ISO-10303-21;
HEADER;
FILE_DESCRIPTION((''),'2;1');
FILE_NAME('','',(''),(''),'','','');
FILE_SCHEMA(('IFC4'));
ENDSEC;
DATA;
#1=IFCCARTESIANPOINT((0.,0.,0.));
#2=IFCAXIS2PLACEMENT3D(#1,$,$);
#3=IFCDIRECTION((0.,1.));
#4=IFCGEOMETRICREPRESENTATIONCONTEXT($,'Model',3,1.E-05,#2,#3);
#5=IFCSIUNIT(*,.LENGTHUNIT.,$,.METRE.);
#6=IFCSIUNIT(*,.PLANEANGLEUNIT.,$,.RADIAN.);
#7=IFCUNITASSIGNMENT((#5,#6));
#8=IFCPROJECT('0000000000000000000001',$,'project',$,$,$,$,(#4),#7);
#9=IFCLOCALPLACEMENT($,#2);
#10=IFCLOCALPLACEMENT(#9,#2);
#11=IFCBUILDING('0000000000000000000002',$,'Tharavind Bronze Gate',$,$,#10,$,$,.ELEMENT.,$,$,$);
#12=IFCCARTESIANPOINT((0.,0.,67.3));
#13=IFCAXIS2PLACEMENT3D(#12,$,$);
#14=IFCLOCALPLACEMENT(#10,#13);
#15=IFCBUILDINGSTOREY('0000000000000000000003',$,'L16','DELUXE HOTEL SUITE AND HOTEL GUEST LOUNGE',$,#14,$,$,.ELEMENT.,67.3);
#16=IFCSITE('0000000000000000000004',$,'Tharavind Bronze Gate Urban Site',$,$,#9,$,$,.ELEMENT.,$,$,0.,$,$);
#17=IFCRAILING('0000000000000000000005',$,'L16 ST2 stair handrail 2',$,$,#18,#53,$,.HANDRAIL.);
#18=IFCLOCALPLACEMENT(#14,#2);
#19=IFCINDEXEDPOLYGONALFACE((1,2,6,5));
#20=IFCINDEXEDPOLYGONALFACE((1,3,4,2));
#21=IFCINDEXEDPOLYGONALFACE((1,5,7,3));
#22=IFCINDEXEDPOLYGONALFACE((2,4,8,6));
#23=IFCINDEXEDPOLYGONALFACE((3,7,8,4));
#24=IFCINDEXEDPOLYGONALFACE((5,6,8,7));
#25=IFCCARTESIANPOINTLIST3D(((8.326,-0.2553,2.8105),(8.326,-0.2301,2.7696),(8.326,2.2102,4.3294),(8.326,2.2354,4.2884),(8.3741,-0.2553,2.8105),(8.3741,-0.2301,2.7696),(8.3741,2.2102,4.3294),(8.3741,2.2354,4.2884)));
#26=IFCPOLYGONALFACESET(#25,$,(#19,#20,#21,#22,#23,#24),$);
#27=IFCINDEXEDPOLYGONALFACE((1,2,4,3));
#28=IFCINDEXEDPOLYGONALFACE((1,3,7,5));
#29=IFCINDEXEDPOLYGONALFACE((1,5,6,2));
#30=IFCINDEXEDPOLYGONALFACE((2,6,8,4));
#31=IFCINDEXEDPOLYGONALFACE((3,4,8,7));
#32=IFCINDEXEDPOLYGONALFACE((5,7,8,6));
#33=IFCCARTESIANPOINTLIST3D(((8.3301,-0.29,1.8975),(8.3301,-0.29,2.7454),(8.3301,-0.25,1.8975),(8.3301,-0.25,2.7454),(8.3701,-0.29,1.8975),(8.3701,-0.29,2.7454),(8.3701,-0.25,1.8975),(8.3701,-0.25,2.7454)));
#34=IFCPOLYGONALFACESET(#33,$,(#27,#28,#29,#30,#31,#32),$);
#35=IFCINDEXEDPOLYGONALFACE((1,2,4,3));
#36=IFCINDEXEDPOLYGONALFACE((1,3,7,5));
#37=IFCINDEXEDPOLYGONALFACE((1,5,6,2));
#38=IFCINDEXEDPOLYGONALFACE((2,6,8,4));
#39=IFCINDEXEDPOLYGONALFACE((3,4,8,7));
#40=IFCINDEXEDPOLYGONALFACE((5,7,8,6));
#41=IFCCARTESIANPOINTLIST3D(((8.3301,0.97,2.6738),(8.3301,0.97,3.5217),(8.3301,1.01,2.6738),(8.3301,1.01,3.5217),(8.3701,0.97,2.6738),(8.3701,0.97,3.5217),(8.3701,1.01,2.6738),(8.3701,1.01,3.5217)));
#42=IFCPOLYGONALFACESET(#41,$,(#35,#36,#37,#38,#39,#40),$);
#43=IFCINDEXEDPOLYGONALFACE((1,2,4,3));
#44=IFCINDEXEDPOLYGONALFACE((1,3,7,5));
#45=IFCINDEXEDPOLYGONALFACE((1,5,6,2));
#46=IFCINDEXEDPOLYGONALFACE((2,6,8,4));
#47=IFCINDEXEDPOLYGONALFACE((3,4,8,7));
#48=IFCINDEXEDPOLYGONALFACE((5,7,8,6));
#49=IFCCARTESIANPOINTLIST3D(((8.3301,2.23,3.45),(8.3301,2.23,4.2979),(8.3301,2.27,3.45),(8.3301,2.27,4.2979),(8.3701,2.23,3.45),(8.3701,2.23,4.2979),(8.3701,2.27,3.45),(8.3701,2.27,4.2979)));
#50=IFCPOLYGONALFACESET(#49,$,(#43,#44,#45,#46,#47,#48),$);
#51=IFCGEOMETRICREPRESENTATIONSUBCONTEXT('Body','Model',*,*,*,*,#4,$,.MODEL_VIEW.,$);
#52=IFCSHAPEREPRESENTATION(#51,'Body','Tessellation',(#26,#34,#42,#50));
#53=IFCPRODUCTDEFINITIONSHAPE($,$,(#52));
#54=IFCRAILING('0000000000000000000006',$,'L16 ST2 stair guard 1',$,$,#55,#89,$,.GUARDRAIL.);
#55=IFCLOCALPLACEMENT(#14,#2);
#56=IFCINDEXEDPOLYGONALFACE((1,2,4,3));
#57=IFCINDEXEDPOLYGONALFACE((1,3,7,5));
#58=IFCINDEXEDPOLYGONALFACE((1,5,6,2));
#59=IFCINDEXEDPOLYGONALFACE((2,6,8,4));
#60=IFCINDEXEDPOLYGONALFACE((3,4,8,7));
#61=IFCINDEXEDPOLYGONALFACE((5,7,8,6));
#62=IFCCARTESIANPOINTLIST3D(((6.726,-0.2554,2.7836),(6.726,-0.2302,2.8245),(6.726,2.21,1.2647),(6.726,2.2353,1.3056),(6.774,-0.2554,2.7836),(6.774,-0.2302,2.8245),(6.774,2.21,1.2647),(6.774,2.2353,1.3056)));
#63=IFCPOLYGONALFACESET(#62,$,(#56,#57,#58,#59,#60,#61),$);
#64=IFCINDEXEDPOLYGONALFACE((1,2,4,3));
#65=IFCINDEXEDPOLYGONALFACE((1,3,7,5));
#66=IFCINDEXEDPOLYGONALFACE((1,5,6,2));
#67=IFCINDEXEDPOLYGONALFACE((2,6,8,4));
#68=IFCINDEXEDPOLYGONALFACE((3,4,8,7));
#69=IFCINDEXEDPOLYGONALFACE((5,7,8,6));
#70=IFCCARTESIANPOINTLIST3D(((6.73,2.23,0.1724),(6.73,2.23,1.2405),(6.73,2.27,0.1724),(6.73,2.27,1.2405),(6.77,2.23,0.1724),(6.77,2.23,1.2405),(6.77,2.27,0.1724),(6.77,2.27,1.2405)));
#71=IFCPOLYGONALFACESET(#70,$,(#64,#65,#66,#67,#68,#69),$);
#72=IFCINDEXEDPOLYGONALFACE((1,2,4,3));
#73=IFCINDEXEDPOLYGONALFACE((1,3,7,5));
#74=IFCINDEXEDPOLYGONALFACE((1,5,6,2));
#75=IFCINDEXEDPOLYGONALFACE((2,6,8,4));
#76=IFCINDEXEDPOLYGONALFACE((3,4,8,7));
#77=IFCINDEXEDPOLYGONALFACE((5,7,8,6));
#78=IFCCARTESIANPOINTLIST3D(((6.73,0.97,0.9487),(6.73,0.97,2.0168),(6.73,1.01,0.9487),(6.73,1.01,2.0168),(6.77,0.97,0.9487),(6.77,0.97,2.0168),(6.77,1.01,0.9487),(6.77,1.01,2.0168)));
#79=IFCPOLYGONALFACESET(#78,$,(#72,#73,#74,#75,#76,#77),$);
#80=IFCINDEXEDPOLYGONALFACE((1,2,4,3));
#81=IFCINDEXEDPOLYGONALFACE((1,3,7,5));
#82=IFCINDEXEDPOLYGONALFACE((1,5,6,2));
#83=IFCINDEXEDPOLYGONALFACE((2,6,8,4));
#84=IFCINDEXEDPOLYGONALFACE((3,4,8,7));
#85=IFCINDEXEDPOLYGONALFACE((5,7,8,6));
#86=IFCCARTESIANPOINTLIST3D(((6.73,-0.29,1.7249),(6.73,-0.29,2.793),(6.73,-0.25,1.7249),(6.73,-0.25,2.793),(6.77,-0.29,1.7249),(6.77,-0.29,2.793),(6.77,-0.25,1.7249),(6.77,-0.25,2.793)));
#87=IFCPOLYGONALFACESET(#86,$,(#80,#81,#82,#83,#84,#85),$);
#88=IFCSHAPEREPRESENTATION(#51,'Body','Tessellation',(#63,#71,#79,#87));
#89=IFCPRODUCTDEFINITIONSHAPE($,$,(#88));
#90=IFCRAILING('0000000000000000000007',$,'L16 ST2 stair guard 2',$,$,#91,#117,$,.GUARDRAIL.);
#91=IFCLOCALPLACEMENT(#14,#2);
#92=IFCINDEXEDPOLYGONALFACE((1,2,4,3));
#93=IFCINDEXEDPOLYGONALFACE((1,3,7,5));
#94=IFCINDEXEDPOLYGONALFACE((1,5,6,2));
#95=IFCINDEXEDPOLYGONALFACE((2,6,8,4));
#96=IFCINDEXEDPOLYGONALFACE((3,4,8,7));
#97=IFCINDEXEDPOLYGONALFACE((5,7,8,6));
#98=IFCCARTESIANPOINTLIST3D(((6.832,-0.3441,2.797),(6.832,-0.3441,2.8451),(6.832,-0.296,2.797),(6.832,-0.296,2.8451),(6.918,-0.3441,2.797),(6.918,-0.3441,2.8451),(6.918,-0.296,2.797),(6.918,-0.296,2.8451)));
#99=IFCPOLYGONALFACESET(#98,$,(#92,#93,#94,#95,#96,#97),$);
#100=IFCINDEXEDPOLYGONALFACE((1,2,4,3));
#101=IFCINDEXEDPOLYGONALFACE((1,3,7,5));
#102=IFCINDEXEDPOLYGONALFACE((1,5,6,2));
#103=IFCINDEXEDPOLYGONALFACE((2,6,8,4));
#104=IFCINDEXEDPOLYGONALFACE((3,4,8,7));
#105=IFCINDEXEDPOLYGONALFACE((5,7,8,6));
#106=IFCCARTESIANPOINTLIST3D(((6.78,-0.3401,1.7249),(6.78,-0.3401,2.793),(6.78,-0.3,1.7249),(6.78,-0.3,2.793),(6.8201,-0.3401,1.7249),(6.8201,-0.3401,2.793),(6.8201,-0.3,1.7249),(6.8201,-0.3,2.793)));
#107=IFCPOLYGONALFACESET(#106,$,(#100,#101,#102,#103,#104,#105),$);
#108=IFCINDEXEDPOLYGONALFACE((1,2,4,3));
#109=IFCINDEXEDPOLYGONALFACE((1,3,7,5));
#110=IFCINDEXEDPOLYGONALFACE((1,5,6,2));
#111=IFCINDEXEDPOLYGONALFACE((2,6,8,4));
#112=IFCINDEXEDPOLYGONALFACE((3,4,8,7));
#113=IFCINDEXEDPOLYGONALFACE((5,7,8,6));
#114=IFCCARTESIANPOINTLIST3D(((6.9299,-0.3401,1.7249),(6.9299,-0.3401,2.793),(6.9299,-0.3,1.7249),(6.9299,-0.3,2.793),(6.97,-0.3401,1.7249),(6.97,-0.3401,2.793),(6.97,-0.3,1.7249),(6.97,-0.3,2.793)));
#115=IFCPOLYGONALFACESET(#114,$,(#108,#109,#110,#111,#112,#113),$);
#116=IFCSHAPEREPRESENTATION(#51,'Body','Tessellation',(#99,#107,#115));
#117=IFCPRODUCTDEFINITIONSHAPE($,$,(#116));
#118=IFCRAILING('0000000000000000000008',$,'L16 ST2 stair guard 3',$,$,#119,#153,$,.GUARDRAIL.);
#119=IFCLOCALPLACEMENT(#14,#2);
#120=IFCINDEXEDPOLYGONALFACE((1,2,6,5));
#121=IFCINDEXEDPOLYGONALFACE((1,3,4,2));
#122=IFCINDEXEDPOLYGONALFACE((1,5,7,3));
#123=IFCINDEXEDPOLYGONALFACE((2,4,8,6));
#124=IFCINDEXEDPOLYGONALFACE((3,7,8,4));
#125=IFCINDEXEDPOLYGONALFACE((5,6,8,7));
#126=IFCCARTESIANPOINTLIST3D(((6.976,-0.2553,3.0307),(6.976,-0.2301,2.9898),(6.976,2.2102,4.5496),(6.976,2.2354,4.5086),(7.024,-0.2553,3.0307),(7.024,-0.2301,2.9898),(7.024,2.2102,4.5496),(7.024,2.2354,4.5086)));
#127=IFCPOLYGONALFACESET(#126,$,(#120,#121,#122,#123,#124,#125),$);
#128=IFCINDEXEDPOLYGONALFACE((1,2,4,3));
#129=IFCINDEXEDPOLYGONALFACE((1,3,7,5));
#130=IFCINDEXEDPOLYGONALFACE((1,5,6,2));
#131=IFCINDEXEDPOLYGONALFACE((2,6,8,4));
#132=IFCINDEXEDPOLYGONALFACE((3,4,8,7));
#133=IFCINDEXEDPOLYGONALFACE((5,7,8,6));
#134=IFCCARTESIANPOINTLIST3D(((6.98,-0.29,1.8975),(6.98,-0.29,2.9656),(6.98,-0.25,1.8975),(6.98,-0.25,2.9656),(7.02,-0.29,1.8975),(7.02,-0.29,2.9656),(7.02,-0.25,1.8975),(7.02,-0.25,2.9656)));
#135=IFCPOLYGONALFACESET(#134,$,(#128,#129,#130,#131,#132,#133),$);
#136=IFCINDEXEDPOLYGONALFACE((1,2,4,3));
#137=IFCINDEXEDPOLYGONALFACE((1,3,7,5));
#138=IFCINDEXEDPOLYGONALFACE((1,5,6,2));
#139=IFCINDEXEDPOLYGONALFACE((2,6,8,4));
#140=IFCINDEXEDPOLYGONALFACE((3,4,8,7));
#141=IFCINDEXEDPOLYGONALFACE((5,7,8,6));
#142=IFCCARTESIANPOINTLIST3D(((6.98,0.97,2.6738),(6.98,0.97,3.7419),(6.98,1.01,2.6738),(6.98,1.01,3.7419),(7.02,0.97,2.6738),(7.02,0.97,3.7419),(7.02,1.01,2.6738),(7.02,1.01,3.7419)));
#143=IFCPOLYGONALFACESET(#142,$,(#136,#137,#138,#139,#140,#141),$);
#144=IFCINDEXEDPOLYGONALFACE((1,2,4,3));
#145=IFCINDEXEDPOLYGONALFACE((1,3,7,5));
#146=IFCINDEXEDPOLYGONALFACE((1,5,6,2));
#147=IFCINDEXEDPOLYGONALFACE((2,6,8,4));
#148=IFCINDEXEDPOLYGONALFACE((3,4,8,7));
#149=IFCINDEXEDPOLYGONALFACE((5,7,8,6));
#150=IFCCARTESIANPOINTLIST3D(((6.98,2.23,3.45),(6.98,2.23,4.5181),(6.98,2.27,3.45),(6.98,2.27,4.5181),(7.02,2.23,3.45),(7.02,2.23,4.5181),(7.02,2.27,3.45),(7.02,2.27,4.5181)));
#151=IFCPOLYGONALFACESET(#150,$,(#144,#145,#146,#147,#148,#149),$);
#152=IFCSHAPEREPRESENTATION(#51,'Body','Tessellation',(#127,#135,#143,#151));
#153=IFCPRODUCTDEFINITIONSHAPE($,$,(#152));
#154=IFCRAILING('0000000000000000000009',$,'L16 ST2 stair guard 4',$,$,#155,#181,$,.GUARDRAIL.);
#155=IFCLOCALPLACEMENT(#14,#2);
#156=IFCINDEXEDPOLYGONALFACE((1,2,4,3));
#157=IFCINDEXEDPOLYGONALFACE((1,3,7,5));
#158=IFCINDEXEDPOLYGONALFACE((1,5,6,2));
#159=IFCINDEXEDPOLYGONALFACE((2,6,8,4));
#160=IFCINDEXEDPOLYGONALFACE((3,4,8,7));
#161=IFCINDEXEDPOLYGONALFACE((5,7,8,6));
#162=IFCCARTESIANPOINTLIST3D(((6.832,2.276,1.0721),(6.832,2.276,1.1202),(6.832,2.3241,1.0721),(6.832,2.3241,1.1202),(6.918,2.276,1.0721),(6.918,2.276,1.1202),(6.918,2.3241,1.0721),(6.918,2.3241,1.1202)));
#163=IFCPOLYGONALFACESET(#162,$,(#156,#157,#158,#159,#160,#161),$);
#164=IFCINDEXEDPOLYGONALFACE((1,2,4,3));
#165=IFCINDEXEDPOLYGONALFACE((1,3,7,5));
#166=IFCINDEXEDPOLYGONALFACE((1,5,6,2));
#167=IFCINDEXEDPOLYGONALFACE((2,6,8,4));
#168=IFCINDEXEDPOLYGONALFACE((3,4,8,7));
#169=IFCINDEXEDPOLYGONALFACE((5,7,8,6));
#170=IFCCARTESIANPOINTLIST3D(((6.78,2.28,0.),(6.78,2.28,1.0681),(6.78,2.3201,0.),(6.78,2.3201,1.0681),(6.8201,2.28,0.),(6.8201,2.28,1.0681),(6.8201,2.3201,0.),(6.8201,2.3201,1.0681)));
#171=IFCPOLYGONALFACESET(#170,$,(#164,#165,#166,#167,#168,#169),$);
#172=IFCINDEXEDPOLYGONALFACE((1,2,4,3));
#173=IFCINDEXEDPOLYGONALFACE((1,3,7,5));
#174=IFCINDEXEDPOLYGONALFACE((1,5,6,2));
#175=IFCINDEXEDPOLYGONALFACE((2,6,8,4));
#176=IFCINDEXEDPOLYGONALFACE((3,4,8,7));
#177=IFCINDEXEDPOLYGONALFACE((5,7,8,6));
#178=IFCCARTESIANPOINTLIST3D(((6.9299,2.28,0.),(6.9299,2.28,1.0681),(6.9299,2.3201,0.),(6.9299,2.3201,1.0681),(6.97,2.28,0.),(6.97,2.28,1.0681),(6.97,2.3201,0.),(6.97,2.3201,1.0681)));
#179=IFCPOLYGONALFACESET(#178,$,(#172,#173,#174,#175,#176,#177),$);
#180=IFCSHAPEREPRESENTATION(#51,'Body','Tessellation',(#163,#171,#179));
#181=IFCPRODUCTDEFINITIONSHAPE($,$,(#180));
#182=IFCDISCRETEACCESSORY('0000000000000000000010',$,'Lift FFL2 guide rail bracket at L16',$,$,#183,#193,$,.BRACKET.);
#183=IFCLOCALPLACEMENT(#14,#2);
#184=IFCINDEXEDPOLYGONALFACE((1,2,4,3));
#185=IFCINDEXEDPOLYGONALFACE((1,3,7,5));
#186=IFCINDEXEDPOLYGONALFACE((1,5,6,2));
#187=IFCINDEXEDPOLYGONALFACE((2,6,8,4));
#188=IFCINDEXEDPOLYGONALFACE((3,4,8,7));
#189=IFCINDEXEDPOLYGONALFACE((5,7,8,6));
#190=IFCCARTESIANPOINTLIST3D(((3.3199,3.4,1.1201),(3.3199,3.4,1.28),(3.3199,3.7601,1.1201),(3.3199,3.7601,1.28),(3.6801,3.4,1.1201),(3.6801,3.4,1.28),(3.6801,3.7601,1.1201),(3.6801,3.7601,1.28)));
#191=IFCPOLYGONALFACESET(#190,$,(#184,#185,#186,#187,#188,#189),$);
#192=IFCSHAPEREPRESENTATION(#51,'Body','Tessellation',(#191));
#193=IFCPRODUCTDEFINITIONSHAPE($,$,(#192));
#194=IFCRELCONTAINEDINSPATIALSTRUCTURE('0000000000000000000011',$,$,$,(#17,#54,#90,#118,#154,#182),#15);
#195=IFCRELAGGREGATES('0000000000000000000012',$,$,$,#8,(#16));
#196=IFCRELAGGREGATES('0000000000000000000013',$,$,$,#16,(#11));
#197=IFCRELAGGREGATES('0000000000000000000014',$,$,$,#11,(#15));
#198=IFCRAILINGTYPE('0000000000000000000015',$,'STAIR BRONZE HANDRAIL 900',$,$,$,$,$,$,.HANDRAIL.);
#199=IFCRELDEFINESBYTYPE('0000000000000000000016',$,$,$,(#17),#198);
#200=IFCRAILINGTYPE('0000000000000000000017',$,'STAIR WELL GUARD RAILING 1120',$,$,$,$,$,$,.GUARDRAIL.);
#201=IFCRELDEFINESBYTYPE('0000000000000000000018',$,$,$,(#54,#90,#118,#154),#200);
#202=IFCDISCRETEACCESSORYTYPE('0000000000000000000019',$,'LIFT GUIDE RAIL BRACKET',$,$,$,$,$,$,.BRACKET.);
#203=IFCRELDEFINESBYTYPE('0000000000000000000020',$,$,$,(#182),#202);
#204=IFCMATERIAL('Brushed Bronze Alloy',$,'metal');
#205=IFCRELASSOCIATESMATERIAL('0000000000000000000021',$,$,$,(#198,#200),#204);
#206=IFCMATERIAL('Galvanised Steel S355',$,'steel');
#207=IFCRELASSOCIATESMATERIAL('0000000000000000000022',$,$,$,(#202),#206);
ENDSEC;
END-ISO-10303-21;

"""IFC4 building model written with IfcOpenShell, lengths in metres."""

from ifc_helpers import new_model, si_unit, direction, frame, origin, origin_2d, place, context, subcontext, project, spatial, rectangle, extrude, material, type_object, element, save


model = new_model("IFC4")

# Units and contexts
model_context = context("Model", 3, precision=1e-05, world=origin(), true_north=direction((0.0, 1.0)))
body_context = subcontext(model_context, "Body", "Model", "MODEL_VIEW")
ifc_project = project(units=[si_unit("LENGTHUNIT", "METRE"), si_unit("PLANEANGLEUNIT", "RADIAN")], contexts=[model_context])

# Site, building, storey
site_placement = place(None, origin())
site = spatial("IfcSite", under=ifc_project, at=site_placement, Name="Tharavind Bronze Gate Urban Site", CompositionType="ELEMENT", RefElevation=0.0)
building_placement = place(site_placement, origin())
building = spatial("IfcBuilding", under=site, at=building_placement, Name="Tharavind Bronze Gate", CompositionType="ELEMENT")
storey_placement = place(building_placement, frame((0.0, 0.0, 67.3)))
storey = spatial("IfcBuildingStorey", under=building, at=storey_placement, Name="L16", Description="DELUXE HOTEL SUITE AND HOTEL GUEST LOUNGE", CompositionType="ELEMENT", Elevation=67.3)

# Railings
ifc_material_1 = material(Name="Brushed Bronze Alloy", Category="metal")
railing_type_1 = type_object("IfcRailingType", Name="STAIR BRONZE HANDRAIL 900", PredefinedType="HANDRAIL", material=ifc_material_1)
railing_1_placement = place(storey_placement, frame((8.3501, -0.27, 1.8975)))
element("IfcRailing", 1, at=railing_1_placement, inside=storey, type_object=railing_type_1, Name="L16 ST2 stair handrail 2", PredefinedType="HANDRAIL", context=body_context, shape_type="SweptSolid", body=[
    extrude(rectangle(XDim=0.0481, YDim=0.0481, at=origin_2d()), frame((0.0, 0.0273, 0.8926), z_axis=(0.0, 0.8514, 0.524516), x_axis=(-1.0, 0.0, 0.0)), (0.0, 0.0, 1.0), 2.8958),
    extrude(rectangle(XDim=0.04, YDim=0.04, at=origin_2d()), origin(), (0.0, 0.0, 1.0), 0.8479),
    extrude(rectangle(XDim=0.04, YDim=0.04, at=origin_2d()), frame((0.0, 1.26, 0.7764)), (0.0, 0.0, 1.0), 0.8479),
    extrude(rectangle(XDim=0.04, YDim=0.04, at=origin_2d()), frame((0.0, 2.52, 1.5525)), (0.0, 0.0, 1.0), 0.8479),
])
railing_type_2 = type_object("IfcRailingType", Name="STAIR WELL GUARD RAILING 1120", PredefinedType="GUARDRAIL", material=ifc_material_1)
railing_2_placement = place(storey_placement, frame((6.75, 2.25, 0.1724)))
element("IfcRailing", 2, at=railing_2_placement, inside=storey, type_object=railing_type_2, Name="L16 ST2 stair guard 1", PredefinedType="GUARDRAIL", context=body_context, shape_type="SweptSolid", body=[
    extrude(rectangle(XDim=0.0481, YDim=0.0481, at=origin_2d()), frame((0.0, -0.0273, 1.1128), z_axis=(0.0, -0.8514, 0.524516), x_axis=(1.0, 0.0, 0.0)), (0.0, 0.0, 1.0), 2.8958),
    extrude(rectangle(XDim=0.04, YDim=0.04, at=origin_2d()), origin(), (0.0, 0.0, 1.0), 1.0681),
    extrude(rectangle(XDim=0.04, YDim=0.04, at=origin_2d()), frame((0.0, -1.26, 0.7764)), (0.0, 0.0, 1.0), 1.0681),
    extrude(rectangle(XDim=0.04, YDim=0.04, at=origin_2d()), frame((0.0, -2.52, 1.5525)), (0.0, 0.0, 1.0), 1.0681),
])
railing_3_placement = place(storey_placement, frame((6.8, -0.3201, 1.7249)))
element("IfcRailing", 3, at=railing_3_placement, inside=storey, type_object=railing_type_2, Name="L16 ST2 stair guard 2", PredefinedType="GUARDRAIL", context=body_context, shape_type="SweptSolid", body=[
    extrude(rectangle(XDim=0.0481, YDim=0.0481, at=origin_2d()), frame((0.032, 0.0, 1.0962), z_axis=(1.0, 0.0, 0.0), x_axis=(0.0, 1.0, 0.0)), (0.0, 0.0, 1.0), 0.0859),
    extrude(rectangle(XDim=0.04, YDim=0.04, at=origin_2d()), origin(), (0.0, 0.0, 1.0), 1.0681),
    extrude(rectangle(XDim=0.04, YDim=0.04, at=origin_2d()), frame((0.1499, 0.0, 0.0)), (0.0, 0.0, 1.0), 1.0681),
])
railing_4_placement = place(storey_placement, frame((7.0, -0.27, 1.8975)))
element("IfcRailing", 4, at=railing_4_placement, inside=storey, type_object=railing_type_2, Name="L16 ST2 stair guard 3", PredefinedType="GUARDRAIL", context=body_context, shape_type="SweptSolid", body=[
    extrude(rectangle(XDim=0.0481, YDim=0.0481, at=origin_2d()), frame((0.0, 0.0273, 1.1128), z_axis=(0.0, 0.8514, 0.524516), x_axis=(-1.0, 0.0, 0.0)), (0.0, 0.0, 1.0), 2.8958),
    extrude(rectangle(XDim=0.04, YDim=0.04, at=origin_2d()), origin(), (0.0, 0.0, 1.0), 1.0681),
    extrude(rectangle(XDim=0.04, YDim=0.04, at=origin_2d()), frame((0.0, 1.26, 0.7764)), (0.0, 0.0, 1.0), 1.0681),
    extrude(rectangle(XDim=0.04, YDim=0.04, at=origin_2d()), frame((0.0, 2.52, 1.5525)), (0.0, 0.0, 1.0), 1.0681),
])
railing_5_placement = place(storey_placement, frame((6.8, 2.3, 0.0)))
element("IfcRailing", 5, at=railing_5_placement, inside=storey, type_object=railing_type_2, Name="L16 ST2 stair guard 4", PredefinedType="GUARDRAIL", context=body_context, shape_type="SweptSolid", body=[
    extrude(rectangle(XDim=0.0481, YDim=0.0481, at=origin_2d()), frame((0.032, 0.0, 1.0962), z_axis=(1.0, 0.0, 0.0), x_axis=(0.0, 1.0, 0.0)), (0.0, 0.0, 1.0), 0.0859),
    extrude(rectangle(XDim=0.04, YDim=0.04, at=origin_2d()), origin(), (0.0, 0.0, 1.0), 1.0681),
    extrude(rectangle(XDim=0.04, YDim=0.04, at=origin_2d()), frame((0.1499, 0.0, 0.0)), (0.0, 0.0, 1.0), 1.0681),
])

# Discrete accessory
ifc_material_2 = material(Name="Galvanised Steel S355", Category="steel")
discrete_accessory_type = type_object("IfcDiscreteAccessoryType", Name="LIFT GUIDE RAIL BRACKET", PredefinedType="BRACKET", material=ifc_material_2)
discrete_accessory_placement = place(storey_placement, frame((3.5, 3.5801, 1.1201), z_axis=(0.0, 0.0, 1.0), x_axis=(1.0, 0.0, 0.0)))
element("IfcDiscreteAccessory", 6, at=discrete_accessory_placement, inside=storey, type_object=discrete_accessory_type, Name="Lift FFL2 guide rail bracket at L16", PredefinedType="BRACKET", context=body_context, shape_type="SweptSolid", body=[
    extrude(rectangle(XDim=0.3601, YDim=0.3601, at=origin_2d()), origin(), (0.0, 0.0, 1.0), 0.1599),
])

save(model, "model.ifc")
